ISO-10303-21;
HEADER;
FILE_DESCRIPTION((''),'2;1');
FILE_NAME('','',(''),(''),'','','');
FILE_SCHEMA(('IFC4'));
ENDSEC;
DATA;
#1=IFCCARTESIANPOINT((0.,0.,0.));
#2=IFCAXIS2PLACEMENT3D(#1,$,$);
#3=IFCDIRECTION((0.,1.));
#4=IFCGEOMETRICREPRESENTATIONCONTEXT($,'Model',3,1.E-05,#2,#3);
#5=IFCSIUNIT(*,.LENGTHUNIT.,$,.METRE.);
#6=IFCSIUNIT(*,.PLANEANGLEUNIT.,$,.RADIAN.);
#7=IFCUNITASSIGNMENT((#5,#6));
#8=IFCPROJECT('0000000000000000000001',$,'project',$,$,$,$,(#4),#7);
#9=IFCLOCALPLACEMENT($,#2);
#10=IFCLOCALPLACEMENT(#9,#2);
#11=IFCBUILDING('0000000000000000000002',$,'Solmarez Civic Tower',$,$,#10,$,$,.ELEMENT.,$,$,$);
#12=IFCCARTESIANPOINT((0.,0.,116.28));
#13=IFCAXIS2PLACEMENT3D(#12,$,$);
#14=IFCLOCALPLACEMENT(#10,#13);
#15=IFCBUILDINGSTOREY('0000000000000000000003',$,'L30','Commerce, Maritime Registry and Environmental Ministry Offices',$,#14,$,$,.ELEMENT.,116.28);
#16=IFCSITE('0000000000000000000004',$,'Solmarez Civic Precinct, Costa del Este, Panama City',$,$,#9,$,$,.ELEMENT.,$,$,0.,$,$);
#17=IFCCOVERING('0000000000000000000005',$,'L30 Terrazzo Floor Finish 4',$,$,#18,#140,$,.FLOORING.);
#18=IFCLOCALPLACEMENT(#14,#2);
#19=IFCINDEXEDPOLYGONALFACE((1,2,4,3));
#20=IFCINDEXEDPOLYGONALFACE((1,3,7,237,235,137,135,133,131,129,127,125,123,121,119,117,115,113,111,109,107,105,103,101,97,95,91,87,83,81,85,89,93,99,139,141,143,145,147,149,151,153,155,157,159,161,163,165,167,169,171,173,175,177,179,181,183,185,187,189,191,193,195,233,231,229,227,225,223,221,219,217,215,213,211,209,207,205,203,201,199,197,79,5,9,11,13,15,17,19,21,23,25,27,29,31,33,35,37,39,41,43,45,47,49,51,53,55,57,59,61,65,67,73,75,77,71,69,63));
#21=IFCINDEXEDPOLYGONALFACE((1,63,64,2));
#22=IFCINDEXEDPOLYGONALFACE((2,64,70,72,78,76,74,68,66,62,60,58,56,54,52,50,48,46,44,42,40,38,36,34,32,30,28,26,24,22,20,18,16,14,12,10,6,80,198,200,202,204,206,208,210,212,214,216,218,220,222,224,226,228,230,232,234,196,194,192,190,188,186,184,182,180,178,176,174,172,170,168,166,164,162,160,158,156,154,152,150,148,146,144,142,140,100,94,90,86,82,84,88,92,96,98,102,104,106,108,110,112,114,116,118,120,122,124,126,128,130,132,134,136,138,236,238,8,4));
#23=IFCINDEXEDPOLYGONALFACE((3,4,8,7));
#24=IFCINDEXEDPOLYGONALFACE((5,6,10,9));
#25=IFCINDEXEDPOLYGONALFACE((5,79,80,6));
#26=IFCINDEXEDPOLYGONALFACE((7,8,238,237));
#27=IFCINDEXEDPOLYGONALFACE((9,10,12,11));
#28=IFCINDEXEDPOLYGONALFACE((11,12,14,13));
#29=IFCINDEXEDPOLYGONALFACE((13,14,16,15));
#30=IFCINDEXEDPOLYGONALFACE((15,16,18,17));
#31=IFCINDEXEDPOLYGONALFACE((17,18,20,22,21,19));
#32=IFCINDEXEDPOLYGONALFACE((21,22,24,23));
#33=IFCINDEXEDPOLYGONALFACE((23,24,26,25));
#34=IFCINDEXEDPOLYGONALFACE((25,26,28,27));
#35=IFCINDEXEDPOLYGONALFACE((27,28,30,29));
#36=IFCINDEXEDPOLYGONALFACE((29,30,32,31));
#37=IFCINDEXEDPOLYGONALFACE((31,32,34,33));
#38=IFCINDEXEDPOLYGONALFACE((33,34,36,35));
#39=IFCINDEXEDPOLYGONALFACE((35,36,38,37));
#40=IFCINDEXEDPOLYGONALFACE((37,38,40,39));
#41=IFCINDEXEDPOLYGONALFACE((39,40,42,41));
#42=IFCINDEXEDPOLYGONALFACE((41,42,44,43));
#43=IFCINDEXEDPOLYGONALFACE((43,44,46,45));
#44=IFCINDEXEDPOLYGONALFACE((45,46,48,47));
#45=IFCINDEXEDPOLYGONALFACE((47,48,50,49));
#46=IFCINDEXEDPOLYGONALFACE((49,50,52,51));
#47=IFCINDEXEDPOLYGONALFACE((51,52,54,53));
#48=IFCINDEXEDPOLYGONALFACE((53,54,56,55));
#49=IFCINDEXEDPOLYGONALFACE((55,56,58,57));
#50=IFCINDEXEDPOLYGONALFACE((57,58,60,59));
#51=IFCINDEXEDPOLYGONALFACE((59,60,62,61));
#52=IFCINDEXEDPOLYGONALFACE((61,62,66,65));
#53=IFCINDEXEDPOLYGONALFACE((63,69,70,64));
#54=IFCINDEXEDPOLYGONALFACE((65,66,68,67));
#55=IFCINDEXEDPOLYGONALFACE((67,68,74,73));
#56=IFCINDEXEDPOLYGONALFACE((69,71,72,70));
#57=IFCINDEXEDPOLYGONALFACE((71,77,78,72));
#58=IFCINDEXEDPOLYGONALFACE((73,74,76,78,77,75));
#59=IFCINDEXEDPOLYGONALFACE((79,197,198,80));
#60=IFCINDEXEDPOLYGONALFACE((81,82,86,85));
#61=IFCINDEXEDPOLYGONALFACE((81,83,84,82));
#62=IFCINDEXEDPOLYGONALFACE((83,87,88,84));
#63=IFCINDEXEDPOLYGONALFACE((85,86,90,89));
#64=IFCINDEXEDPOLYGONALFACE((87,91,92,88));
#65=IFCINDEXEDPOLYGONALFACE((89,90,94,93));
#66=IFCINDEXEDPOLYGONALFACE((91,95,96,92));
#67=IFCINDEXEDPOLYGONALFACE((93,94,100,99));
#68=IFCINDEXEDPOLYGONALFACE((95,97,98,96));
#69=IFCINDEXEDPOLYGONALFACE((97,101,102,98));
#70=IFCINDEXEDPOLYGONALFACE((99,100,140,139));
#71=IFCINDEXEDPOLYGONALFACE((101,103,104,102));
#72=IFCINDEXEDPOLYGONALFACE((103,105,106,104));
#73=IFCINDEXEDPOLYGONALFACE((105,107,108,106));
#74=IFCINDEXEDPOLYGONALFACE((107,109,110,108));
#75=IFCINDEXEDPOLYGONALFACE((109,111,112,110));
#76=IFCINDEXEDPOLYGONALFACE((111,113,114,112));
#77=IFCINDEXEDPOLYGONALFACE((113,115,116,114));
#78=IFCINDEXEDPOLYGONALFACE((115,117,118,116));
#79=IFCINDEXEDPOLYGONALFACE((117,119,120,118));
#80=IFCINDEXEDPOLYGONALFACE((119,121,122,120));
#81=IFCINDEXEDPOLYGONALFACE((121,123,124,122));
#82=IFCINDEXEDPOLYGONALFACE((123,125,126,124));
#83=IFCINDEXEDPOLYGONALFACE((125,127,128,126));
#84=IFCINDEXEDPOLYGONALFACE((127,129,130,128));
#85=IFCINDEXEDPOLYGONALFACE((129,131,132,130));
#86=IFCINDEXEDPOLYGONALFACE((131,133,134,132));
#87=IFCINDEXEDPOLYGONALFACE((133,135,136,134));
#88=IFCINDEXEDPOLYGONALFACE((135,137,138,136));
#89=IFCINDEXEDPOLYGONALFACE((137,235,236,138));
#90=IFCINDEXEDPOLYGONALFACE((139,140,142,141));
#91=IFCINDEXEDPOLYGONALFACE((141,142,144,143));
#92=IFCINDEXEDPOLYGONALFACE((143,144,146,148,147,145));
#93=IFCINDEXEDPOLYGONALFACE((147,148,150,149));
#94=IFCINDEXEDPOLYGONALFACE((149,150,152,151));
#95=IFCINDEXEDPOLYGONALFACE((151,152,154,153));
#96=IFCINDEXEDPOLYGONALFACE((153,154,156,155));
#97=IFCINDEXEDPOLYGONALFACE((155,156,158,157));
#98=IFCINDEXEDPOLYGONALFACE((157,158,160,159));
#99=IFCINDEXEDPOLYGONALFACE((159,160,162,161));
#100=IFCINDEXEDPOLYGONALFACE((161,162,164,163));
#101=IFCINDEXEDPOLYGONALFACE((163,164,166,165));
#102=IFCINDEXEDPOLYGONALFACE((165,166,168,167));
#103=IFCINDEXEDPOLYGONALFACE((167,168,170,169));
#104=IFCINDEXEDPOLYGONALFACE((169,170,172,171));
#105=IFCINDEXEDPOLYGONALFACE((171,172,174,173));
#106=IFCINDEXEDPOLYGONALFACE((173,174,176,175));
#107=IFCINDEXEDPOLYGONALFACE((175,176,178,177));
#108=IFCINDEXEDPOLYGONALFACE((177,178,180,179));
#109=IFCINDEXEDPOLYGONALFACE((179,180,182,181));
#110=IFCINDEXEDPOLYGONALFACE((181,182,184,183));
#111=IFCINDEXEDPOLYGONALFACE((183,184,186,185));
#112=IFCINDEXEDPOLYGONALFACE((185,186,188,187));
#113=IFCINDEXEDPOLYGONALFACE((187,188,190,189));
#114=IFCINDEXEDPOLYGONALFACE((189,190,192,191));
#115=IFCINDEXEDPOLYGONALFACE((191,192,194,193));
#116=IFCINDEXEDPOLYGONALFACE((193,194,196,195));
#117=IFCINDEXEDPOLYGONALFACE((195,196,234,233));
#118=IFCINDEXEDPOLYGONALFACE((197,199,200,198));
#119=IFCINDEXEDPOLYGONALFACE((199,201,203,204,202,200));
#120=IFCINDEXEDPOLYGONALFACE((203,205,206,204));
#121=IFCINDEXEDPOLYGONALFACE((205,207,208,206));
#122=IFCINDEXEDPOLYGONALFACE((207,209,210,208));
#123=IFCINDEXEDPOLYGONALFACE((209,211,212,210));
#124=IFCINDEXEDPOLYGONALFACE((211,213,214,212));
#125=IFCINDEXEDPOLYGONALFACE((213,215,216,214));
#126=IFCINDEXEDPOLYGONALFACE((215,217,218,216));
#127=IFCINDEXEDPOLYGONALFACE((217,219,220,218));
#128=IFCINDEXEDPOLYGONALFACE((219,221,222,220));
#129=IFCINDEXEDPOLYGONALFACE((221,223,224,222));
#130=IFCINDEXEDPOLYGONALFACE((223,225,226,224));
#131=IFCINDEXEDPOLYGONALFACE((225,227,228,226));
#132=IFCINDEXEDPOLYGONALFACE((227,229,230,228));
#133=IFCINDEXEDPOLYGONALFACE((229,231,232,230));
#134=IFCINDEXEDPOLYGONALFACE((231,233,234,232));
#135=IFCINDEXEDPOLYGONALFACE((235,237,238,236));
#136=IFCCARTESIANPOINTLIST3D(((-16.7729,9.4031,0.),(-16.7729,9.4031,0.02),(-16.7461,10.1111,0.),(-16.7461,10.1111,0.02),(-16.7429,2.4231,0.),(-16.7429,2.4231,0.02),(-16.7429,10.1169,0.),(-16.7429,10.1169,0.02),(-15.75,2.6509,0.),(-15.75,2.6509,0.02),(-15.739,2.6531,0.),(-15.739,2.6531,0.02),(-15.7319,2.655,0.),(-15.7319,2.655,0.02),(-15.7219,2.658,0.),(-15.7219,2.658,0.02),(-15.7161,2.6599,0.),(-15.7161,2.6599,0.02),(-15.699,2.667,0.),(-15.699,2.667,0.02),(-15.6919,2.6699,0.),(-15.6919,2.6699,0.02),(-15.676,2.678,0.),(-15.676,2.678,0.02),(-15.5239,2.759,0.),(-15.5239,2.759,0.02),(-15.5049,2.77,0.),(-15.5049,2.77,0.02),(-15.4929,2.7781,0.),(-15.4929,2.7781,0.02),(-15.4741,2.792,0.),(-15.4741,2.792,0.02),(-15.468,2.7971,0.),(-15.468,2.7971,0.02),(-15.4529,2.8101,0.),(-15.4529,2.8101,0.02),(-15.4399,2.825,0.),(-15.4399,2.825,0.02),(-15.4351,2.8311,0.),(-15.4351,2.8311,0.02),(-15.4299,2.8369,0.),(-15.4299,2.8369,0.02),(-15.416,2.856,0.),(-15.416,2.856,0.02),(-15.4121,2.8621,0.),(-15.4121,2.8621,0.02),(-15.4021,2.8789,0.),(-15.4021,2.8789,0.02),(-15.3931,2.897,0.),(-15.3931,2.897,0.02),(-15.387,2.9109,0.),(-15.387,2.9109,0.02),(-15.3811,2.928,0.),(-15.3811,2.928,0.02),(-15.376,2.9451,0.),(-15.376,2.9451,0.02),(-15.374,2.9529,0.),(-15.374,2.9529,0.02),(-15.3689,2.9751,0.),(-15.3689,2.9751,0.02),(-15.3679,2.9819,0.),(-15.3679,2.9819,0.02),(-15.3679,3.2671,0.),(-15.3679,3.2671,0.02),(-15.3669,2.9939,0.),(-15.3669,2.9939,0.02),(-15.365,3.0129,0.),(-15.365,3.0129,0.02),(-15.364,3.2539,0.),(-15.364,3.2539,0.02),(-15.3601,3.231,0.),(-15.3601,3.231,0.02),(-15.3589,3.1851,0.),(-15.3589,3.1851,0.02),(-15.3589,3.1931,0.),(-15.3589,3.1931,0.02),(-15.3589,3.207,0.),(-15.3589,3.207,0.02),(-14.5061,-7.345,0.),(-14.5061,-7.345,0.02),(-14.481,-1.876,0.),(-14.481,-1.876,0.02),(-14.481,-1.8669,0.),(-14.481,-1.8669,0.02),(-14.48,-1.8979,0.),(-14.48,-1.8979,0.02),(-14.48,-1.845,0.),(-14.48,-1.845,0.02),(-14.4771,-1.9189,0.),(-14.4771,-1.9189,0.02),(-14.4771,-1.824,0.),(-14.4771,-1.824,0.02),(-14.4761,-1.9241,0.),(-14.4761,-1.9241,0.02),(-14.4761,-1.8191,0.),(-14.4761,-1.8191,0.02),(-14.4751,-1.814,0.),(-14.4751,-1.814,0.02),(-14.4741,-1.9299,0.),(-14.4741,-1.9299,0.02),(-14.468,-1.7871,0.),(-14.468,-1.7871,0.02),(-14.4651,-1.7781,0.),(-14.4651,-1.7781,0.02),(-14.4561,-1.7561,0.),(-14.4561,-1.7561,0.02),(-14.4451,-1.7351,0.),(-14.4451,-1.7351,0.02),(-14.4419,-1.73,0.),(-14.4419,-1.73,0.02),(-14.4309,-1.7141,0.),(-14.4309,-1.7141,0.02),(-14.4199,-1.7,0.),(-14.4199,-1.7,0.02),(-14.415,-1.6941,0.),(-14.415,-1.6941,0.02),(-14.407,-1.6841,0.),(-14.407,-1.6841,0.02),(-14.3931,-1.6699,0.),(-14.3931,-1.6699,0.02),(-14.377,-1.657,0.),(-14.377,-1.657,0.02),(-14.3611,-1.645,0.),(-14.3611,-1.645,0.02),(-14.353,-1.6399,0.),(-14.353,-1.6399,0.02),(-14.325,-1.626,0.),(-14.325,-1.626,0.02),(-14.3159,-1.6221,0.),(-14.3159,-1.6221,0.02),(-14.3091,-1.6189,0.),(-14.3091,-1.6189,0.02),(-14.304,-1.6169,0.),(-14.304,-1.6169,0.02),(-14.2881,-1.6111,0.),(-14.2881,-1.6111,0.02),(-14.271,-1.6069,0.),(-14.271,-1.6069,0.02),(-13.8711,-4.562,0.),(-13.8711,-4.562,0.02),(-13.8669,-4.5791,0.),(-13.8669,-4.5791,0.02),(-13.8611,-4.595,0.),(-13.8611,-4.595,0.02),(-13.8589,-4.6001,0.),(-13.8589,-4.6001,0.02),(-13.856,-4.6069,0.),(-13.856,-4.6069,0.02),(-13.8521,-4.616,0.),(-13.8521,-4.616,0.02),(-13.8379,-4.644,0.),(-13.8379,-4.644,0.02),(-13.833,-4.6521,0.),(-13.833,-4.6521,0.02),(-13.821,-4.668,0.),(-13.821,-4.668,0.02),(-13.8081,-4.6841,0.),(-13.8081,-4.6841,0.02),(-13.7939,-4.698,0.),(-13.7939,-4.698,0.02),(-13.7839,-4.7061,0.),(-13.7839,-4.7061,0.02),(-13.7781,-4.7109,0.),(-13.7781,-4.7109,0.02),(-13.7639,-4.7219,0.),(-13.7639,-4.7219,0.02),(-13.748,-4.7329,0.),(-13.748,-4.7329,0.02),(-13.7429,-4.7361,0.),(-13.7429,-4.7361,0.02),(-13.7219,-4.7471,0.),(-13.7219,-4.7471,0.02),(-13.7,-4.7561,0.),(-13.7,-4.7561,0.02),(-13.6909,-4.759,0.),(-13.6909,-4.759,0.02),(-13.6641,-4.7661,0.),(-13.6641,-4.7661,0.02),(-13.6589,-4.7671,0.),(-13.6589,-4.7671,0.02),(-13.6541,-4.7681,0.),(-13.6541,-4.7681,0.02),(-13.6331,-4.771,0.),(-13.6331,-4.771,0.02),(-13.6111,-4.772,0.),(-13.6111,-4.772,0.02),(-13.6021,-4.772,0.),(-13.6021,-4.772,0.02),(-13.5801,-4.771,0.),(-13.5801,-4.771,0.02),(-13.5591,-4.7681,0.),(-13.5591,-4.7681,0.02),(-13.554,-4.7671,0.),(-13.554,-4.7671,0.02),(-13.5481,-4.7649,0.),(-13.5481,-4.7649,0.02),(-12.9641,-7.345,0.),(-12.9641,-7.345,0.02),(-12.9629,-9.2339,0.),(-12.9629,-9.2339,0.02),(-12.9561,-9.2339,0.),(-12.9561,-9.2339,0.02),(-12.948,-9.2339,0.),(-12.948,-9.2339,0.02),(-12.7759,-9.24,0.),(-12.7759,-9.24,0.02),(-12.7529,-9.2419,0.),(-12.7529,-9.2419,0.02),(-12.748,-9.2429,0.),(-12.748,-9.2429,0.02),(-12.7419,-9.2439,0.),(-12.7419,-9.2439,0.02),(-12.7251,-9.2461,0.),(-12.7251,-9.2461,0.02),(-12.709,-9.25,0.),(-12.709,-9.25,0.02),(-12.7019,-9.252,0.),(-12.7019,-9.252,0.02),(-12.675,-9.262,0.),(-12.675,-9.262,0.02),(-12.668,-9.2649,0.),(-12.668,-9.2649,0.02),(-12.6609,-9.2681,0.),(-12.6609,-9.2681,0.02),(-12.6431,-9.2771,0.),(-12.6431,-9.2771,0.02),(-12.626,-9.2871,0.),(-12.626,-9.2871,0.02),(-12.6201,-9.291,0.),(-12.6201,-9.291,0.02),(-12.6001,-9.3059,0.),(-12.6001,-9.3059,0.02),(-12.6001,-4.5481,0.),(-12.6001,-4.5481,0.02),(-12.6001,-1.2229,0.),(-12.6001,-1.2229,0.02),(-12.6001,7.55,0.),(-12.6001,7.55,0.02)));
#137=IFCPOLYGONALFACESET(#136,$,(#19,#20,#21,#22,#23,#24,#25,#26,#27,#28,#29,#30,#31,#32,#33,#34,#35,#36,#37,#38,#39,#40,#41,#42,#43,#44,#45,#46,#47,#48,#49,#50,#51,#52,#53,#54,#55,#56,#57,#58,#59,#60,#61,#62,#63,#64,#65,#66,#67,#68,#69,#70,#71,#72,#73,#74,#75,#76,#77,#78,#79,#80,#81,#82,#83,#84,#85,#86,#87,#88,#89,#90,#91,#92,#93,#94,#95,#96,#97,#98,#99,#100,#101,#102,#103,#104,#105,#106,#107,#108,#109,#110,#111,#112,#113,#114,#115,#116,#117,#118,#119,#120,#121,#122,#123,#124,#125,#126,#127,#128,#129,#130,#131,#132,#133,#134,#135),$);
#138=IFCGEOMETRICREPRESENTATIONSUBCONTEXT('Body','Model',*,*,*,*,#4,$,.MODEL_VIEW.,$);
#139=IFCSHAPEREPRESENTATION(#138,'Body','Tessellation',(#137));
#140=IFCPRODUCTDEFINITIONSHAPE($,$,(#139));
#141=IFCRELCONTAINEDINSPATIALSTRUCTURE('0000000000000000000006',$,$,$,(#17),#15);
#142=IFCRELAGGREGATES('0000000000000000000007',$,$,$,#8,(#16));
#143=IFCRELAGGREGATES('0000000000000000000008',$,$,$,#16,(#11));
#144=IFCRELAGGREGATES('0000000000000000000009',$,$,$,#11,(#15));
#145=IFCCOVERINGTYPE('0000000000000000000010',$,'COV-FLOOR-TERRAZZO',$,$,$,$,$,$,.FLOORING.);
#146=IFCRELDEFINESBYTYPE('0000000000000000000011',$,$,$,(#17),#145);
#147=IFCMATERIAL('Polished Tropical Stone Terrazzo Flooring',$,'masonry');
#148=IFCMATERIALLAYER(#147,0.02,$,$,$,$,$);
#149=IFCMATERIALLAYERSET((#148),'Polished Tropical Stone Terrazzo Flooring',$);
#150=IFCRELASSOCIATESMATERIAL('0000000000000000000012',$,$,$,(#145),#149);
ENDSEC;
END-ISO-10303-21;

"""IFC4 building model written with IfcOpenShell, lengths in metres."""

from ifc_helpers import new_model, si_unit, direction, frame, origin, place, context, subcontext, project, spatial, polyline, outline, extrude, material, layer, layer_set, type_object, element, save


model = new_model("IFC4")

# Units and contexts
model_context = context("Model", 3, precision=1e-05, world=origin(), true_north=direction((0.0, 1.0)))
body_context = subcontext(model_context, "Body", "Model", "MODEL_VIEW")
ifc_project = project(units=[si_unit("LENGTHUNIT", "METRE"), si_unit("PLANEANGLEUNIT", "RADIAN")], contexts=[model_context])

# Site, building, storey
site_placement = place(None, origin())
site = spatial("IfcSite", under=ifc_project, at=site_placement, Name="Solmarez Civic Precinct, Costa del Este, Panama City", CompositionType="ELEMENT", RefElevation=0.0)
building_placement = place(site_placement, origin())
building = spatial("IfcBuilding", under=site, at=building_placement, Name="Solmarez Civic Tower", CompositionType="ELEMENT")
storey_placement = place(building_placement, frame((0.0, 0.0, 116.28)))
storey = spatial("IfcBuildingStorey", under=building, at=storey_placement, Name="L30", Description="Commerce, Maritime Registry and Environmental Ministry Offices", CompositionType="ELEMENT", Elevation=116.28)

# Covering
ifc_material_1 = material(Name="Polished Tropical Stone Terrazzo Flooring", Category="masonry")
ifc_layer_1 = layer(ifc_material_1, 0.02)
ifc_layer_set_1 = layer_set([ifc_layer_1], Name="Polished Tropical Stone Terrazzo Flooring")
covering_type_1 = type_object("IfcCoveringType", Name="COV-FLOOR-TERRAZZO", PredefinedType="FLOORING", material=ifc_layer_set_1)
covering_1_placement = place(storey_placement, origin())
element("IfcCovering", 1, at=covering_1_placement, inside=storey, type_object=covering_type_1, Name="L30 Terrazzo Floor Finish 4", PredefinedType="FLOORING", context=body_context, shape_type="SweptSolid", body=[
    extrude(outline(polyline([(-15.3679, 3.2671), (-15.364, 3.2539), (-15.3601, 3.231), (-15.3589, 3.207), (-15.3589, 3.1931), (-15.3589, 3.1851), (-15.365, 3.0129), (-15.3669, 2.9939), (-15.3679, 2.9819), (-15.3689, 2.9751), (-15.374, 2.9529), (-15.376, 2.9451), (-15.3811, 2.928), (-15.387, 2.9109), (-15.3931, 2.897), (-15.4021, 2.8789), (-15.4121, 2.8621), (-15.416, 2.856), (-15.4299, 2.8369), (-15.4351, 2.8311), (-15.4399, 2.825), (-15.4529, 2.8101), (-15.468, 2.7971), (-15.4741, 2.792), (-15.4929, 2.7781), (-15.5049, 2.77), (-15.5239, 2.759), (-15.676, 2.678), (-15.6919, 2.6699), (-15.699, 2.667), (-15.7161, 2.6599), (-15.7219, 2.658), (-15.7319, 2.655), (-15.739, 2.6531), (-15.75, 2.6509), (-16.7429, 2.4231), (-14.5061, -7.345), (-12.9641, -7.345), (-12.9629, -9.2339), (-12.9561, -9.2339), (-12.948, -9.2339), (-12.7759, -9.24), (-12.7529, -9.2419), (-12.748, -9.2429), (-12.7419, -9.2439), (-12.7251, -9.2461), (-12.709, -9.25), (-12.7019, -9.252), (-12.675, -9.262), (-12.668, -9.2649), (-12.6609, -9.2681), (-12.6431, -9.2771), (-12.626, -9.2871), (-12.6201, -9.291), (-12.6001, -9.3059), (-12.6001, -4.5481), (-13.5481, -4.7649), (-13.554, -4.7671), (-13.5591, -4.7681), (-13.5801, -4.771), (-13.6021, -4.772), (-13.6111, -4.772), (-13.6331, -4.771), (-13.6541, -4.7681), (-13.6589, -4.7671), (-13.6641, -4.7661), (-13.6909, -4.759), (-13.7, -4.7561), (-13.7219, -4.7471), (-13.7429, -4.7361), (-13.748, -4.7329), (-13.7639, -4.7219), (-13.7781, -4.7109), (-13.7839, -4.7061), (-13.7939, -4.698), (-13.8081, -4.6841), (-13.821, -4.668), (-13.833, -4.6521), (-13.8379, -4.644), (-13.8521, -4.616), (-13.856, -4.6069), (-13.8589, -4.6001), (-13.8611, -4.595), (-13.8669, -4.5791), (-13.8711, -4.562), (-14.4741, -1.9299), (-14.4761, -1.9241), (-14.4771, -1.9189), (-14.48, -1.8979), (-14.481, -1.876), (-14.481, -1.8669), (-14.48, -1.845), (-14.4771, -1.824), (-14.4761, -1.8191), (-14.4751, -1.814), (-14.468, -1.7871), (-14.4651, -1.7781), (-14.4561, -1.7561), (-14.4451, -1.7351), (-14.4419, -1.73), (-14.4309, -1.7141), (-14.4199, -1.7), (-14.415, -1.6941), (-14.407, -1.6841), (-14.3931, -1.6699), (-14.377, -1.657), (-14.3611, -1.645), (-14.353, -1.6399), (-14.325, -1.626), (-14.3159, -1.6221), (-14.3091, -1.6189), (-14.304, -1.6169), (-14.2881, -1.6111), (-14.271, -1.6069), (-12.6001, -1.2229), (-12.6001, 7.55), (-16.7429, 10.1169), (-16.7461, 10.1111), (-16.7729, 9.4031), (-15.3679, 3.2671)])), origin(), (0.0, 0.0, 1.0), 0.02),
])

save(model, "model.ifc")
